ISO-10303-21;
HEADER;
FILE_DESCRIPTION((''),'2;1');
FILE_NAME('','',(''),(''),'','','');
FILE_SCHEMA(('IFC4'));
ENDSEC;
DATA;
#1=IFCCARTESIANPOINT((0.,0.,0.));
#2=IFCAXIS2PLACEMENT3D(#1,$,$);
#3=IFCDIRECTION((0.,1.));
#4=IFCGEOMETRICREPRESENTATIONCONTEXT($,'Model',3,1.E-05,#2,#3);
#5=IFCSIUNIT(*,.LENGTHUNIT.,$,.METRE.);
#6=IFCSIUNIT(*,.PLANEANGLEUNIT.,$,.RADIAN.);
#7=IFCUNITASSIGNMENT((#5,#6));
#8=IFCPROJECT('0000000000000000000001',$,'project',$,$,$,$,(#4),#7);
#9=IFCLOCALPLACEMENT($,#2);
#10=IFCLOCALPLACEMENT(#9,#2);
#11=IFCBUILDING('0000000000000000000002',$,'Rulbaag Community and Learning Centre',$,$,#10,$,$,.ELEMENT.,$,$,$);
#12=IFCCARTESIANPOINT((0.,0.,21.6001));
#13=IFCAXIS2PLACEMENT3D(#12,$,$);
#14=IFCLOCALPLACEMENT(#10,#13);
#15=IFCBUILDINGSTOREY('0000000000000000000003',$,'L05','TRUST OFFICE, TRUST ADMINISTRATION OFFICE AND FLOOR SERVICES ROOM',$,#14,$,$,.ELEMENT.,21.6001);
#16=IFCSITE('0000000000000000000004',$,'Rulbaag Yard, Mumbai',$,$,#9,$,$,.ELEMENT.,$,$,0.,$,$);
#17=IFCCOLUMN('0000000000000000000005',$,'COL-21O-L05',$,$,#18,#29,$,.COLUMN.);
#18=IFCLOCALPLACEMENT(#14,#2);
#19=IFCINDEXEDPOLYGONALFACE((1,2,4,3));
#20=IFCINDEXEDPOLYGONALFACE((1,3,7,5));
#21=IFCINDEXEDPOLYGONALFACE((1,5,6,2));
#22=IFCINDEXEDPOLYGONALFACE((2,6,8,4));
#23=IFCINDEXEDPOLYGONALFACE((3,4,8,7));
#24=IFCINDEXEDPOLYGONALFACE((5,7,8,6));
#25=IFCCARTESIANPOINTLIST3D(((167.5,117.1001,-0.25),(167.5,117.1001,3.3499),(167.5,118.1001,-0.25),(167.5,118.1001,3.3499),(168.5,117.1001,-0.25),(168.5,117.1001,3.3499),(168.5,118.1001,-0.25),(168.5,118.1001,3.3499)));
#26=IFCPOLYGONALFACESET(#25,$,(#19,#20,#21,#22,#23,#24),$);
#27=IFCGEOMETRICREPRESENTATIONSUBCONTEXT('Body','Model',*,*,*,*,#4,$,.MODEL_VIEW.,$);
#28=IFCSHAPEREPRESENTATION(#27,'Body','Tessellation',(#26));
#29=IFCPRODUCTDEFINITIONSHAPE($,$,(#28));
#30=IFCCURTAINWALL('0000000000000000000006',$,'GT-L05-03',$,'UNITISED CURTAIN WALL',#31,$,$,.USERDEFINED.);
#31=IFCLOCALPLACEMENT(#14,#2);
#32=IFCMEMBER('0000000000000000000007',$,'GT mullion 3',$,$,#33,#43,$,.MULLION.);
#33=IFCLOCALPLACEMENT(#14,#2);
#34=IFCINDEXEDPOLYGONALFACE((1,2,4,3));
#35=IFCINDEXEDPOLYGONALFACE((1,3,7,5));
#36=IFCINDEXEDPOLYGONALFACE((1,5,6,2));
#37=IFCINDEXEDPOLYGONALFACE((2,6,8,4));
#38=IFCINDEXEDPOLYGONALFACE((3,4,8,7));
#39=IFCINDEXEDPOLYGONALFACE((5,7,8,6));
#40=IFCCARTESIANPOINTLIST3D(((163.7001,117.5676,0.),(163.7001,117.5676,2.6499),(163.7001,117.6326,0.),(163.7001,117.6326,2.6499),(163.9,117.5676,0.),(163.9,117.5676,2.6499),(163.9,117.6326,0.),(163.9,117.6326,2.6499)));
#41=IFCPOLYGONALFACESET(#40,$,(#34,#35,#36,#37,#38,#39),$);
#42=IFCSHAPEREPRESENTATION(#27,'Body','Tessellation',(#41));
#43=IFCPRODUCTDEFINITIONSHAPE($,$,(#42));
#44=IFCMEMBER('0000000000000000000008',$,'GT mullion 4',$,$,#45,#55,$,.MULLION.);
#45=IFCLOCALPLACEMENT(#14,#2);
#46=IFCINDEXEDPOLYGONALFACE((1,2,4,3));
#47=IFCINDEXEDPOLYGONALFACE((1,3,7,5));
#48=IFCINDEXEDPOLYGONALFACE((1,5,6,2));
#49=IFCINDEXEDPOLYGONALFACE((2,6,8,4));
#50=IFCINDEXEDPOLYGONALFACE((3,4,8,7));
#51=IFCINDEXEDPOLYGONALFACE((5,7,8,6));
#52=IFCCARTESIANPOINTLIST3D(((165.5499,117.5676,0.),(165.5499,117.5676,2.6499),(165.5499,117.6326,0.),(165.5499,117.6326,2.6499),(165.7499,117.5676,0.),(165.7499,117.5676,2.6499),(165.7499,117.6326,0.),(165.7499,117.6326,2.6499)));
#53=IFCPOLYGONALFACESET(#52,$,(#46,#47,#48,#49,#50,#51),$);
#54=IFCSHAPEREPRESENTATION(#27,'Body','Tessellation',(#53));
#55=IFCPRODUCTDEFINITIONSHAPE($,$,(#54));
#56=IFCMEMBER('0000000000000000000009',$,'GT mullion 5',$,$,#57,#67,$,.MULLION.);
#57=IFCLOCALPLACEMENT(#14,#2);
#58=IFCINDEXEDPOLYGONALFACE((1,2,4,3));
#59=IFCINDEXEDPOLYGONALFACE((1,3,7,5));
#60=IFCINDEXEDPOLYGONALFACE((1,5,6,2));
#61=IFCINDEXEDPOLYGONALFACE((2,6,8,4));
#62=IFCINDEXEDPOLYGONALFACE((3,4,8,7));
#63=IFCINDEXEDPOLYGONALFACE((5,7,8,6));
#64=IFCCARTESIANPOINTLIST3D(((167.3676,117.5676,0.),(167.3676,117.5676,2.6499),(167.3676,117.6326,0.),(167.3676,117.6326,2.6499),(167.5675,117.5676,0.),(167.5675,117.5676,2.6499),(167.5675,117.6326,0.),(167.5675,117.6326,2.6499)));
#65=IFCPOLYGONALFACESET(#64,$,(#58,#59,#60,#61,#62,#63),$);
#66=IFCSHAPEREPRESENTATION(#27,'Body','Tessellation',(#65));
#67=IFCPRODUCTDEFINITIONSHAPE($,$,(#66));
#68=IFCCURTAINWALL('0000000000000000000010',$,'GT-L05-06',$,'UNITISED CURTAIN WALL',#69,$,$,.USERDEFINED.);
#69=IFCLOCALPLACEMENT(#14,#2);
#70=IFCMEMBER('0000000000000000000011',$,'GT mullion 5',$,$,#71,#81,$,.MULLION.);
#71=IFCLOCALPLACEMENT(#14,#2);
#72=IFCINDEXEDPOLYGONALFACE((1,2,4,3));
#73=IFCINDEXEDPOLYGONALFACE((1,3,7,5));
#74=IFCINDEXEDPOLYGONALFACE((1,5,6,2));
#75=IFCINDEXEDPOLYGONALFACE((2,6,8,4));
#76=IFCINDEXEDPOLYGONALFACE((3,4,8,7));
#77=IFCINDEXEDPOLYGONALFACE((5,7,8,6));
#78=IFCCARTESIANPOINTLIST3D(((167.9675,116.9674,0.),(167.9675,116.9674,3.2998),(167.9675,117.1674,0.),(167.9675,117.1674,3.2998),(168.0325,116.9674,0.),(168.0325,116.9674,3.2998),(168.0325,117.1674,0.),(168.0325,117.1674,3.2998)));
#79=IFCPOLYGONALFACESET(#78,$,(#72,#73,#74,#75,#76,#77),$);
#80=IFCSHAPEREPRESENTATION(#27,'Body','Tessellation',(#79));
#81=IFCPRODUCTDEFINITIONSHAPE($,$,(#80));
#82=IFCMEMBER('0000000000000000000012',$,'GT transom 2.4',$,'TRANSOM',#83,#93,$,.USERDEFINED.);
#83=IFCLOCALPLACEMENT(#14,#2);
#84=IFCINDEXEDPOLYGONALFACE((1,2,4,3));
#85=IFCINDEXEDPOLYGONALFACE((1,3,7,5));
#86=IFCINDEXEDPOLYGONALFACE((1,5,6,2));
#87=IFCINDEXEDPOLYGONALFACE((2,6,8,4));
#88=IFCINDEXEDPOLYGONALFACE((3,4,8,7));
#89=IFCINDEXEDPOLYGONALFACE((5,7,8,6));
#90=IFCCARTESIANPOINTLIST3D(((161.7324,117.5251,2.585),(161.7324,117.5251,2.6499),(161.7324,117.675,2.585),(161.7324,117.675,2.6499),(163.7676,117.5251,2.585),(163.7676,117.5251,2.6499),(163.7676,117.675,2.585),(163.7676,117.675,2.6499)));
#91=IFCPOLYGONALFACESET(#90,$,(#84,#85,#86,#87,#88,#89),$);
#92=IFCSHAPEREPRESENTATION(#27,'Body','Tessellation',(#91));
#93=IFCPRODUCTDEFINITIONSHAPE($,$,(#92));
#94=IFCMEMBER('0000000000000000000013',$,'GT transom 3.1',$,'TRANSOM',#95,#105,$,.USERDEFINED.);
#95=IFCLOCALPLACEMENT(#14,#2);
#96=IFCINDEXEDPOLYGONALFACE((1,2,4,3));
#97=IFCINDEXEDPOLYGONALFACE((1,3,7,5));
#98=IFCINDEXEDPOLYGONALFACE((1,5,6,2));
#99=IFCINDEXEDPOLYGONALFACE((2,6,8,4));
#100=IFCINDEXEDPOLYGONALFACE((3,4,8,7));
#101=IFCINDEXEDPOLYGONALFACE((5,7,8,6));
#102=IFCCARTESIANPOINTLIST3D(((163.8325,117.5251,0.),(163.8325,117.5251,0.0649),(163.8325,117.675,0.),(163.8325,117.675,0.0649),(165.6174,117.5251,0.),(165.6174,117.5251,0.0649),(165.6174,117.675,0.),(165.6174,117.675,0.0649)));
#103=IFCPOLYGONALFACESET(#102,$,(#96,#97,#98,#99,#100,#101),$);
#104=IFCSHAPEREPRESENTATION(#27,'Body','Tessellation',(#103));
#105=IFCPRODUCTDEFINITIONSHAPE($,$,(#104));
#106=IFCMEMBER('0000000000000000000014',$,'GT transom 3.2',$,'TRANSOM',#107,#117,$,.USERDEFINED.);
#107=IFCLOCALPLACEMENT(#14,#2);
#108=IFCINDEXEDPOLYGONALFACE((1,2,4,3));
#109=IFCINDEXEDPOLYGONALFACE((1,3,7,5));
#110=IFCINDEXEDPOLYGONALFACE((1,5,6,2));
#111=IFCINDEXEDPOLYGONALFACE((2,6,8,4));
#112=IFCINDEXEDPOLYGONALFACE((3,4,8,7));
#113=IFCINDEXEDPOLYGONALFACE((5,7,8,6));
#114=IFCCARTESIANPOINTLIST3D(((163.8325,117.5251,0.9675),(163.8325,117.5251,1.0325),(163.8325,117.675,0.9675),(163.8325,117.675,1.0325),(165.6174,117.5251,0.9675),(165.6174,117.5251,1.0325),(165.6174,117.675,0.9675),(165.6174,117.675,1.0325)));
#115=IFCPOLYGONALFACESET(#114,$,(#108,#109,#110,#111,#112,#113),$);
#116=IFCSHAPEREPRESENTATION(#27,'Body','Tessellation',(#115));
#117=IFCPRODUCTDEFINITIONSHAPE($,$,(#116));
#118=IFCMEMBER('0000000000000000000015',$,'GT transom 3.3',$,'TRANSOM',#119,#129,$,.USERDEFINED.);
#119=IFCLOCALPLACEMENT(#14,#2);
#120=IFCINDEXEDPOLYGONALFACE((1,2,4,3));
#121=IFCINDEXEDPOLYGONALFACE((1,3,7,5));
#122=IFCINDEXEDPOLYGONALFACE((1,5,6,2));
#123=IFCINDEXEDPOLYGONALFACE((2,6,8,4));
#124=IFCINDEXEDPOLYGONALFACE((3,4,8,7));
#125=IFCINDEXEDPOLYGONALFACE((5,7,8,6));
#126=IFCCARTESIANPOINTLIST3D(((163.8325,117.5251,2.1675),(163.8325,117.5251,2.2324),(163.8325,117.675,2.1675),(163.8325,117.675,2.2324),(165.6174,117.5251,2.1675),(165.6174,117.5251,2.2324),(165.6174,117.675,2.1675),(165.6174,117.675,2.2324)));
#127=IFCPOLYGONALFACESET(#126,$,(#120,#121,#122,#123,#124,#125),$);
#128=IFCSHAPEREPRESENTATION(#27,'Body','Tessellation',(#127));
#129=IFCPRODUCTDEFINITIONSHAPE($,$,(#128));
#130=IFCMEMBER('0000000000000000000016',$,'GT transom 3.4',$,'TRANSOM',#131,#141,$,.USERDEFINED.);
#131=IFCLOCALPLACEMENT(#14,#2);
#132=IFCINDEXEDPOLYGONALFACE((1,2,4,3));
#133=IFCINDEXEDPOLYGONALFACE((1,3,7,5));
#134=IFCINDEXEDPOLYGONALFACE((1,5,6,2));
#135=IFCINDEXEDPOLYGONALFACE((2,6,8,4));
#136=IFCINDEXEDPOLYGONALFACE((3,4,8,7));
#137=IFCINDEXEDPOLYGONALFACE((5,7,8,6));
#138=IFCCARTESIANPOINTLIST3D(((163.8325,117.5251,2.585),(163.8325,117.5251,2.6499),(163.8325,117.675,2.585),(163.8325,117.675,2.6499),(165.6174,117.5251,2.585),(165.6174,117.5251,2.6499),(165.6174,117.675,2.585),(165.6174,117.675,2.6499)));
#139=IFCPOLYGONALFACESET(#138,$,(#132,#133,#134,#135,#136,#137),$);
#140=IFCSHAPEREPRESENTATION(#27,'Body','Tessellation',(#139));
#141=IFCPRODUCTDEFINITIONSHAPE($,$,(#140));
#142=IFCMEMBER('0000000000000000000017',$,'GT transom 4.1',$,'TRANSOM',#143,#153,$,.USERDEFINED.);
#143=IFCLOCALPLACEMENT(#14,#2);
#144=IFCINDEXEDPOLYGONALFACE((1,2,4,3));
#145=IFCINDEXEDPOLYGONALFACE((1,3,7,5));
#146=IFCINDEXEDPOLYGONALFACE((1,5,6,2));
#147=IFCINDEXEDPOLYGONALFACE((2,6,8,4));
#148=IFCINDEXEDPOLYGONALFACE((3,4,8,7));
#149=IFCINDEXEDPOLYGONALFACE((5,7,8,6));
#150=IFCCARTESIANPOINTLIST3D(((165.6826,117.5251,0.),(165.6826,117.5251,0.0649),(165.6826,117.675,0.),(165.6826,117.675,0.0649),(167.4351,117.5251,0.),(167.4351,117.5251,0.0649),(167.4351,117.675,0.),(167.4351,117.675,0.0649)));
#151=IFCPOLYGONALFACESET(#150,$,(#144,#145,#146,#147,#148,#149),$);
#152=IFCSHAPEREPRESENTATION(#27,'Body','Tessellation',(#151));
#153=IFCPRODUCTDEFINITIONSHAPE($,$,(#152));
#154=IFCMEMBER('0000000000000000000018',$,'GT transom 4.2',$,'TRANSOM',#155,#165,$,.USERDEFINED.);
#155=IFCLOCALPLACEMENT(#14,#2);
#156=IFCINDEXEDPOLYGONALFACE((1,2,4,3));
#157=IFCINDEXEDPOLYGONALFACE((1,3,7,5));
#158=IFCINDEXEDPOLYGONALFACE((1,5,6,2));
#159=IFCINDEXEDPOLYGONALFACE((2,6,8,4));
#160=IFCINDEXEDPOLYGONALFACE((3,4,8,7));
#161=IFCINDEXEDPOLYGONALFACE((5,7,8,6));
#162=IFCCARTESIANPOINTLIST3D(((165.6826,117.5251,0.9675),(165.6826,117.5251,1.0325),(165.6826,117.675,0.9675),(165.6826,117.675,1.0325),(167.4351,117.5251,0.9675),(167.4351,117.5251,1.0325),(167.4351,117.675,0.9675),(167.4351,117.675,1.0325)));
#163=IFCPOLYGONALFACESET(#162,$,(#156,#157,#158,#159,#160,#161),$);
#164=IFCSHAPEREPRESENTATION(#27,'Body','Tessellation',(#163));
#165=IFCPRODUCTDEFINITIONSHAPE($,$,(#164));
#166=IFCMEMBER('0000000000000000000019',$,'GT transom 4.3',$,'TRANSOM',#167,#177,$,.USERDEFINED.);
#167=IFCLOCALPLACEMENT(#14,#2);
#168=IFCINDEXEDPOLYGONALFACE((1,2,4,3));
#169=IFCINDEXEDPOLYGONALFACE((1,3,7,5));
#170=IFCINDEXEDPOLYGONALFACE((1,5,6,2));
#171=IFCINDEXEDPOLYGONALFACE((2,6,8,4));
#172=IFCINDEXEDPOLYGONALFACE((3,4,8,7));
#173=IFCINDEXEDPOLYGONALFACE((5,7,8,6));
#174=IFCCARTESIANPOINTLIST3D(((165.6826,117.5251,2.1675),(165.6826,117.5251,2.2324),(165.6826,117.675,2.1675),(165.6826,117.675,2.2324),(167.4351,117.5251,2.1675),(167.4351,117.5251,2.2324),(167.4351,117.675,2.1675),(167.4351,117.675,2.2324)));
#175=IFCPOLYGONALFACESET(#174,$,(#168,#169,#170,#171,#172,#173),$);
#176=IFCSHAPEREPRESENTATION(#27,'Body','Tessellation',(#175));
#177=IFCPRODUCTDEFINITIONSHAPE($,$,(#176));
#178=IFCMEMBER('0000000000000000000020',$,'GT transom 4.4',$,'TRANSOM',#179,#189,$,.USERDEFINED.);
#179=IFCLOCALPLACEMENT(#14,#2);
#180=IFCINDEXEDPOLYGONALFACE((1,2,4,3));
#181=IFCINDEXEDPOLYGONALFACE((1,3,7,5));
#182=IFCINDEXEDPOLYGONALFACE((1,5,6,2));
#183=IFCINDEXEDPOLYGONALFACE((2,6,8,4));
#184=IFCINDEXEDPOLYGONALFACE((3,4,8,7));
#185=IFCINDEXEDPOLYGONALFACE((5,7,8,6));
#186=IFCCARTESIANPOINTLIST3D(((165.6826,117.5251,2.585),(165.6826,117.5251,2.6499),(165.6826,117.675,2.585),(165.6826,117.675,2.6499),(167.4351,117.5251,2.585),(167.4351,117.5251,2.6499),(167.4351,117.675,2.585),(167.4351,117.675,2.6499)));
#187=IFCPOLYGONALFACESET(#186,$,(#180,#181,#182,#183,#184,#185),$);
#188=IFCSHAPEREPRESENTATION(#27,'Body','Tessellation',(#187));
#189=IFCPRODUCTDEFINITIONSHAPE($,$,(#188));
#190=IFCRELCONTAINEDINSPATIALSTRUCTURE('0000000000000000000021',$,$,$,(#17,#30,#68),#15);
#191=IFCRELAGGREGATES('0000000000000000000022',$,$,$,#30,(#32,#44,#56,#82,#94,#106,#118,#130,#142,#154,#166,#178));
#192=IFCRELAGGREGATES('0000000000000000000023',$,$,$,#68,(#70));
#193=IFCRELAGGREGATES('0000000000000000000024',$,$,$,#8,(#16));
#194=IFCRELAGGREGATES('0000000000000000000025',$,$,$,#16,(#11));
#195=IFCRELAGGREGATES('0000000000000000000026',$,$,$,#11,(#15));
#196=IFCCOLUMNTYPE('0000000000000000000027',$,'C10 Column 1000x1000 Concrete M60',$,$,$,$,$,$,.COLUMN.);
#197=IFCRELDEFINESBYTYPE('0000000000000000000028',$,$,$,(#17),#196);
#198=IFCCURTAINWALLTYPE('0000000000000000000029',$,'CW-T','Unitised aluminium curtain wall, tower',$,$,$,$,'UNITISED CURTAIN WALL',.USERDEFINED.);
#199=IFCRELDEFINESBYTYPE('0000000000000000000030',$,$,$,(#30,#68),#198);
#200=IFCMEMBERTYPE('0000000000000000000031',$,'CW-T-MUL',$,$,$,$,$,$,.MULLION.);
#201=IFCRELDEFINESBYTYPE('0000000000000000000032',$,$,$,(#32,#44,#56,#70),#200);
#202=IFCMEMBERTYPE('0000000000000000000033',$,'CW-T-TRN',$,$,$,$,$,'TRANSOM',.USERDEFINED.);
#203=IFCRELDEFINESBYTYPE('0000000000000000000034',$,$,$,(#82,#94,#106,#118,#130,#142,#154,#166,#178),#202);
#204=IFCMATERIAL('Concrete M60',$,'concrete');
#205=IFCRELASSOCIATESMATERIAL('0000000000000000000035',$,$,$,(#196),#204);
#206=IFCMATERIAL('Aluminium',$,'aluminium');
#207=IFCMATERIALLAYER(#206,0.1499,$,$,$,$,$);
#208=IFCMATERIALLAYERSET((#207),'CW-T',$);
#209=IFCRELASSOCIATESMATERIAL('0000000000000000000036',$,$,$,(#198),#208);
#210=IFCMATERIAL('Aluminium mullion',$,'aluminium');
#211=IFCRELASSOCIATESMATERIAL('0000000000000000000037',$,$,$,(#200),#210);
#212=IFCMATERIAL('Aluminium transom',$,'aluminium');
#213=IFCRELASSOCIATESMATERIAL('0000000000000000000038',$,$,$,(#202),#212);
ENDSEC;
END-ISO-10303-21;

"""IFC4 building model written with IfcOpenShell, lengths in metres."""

from ifc_helpers import new_model, si_unit, direction, frame, origin, origin_2d, place, context, subcontext, project, spatial, rectangle, extrude, material, layer, layer_set, material_profile, profile_set, type_object, element, aggregate, save


model = new_model("IFC4")

# Units and contexts
model_context = context("Model", 3, precision=1e-05, world=origin(), true_north=direction((0.0, 1.0)))
body_context = subcontext(model_context, "Body", "Model", "MODEL_VIEW")
ifc_project = project(units=[si_unit("LENGTHUNIT", "METRE"), si_unit("PLANEANGLEUNIT", "RADIAN")], contexts=[model_context])

# Site, building, storey
site_placement = place(None, origin())
site = spatial("IfcSite", under=ifc_project, at=site_placement, Name="Rulbaag Yard, Mumbai", CompositionType="ELEMENT", RefElevation=0.0)
building_placement = place(site_placement, origin())
building = spatial("IfcBuilding", under=site, at=building_placement, Name="Rulbaag Community and Learning Centre", CompositionType="ELEMENT")
storey_placement = place(building_placement, frame((0.0, 0.0, 21.6001)))
storey = spatial("IfcBuildingStorey", under=building, at=storey_placement, Name="L05", Description="TRUST OFFICE, TRUST ADMINISTRATION OFFICE AND FLOOR SERVICES ROOM", CompositionType="ELEMENT", Elevation=21.6001)

# Column
ifc_material_1 = material(Name="Concrete M60", Category="concrete")
ifc_material_profile_1 = material_profile(ifc_material_1, rectangle(XDim=1.0, YDim=1.0, at=origin_2d()), Name="RC1000x1000")
ifc_profile_set_1 = profile_set([ifc_material_profile_1], Name="Concrete M60")
column_type = type_object("IfcColumnType", Name="C10 Column 1000x1000 Concrete M60", PredefinedType="COLUMN", material=ifc_profile_set_1)
column_placement = place(storey_placement, frame((168.0, 117.6001, -0.25), z_axis=(0.0, 0.0, 1.0), x_axis=(1.0, 0.0, 0.0)))
element("IfcColumn", 1, at=column_placement, inside=storey, type_object=column_type, Name="COL-21O-L05", PredefinedType="COLUMN", context=body_context, shape_type="SweptSolid", body=[
    extrude(rectangle(XDim=1.0, YDim=1.0, at=origin_2d()), origin(), (0.0, 0.0, 1.0), 3.5999),
])

# Curtain wall, members
ifc_material_2 = material(Name="Aluminium", Category="aluminium")
ifc_layer_1 = layer(ifc_material_2, 0.1499)
ifc_layer_set_1 = layer_set([ifc_layer_1], Name="CW-T")
curtain_wall_type = type_object("IfcCurtainWallType", Name="CW-T", Description="Unitised aluminium curtain wall, tower", ElementType="UNITISED CURTAIN WALL", PredefinedType="USERDEFINED", material=ifc_layer_set_1)
curtain_wall_1_placement = place(storey_placement, origin())
curtain_wall_1 = element("IfcCurtainWall", 2, at=curtain_wall_1_placement, inside=storey, type_object=curtain_wall_type, Name="GT-L05-03", ObjectType="UNITISED CURTAIN WALL", PredefinedType="USERDEFINED")
ifc_material_3 = material(Name="Aluminium mullion", Category="aluminium")
ifc_material_profile_2 = material_profile(ifc_material_3, rectangle(XDim=0.0649, YDim=0.2, at=origin_2d()), Name="AL 65x200")
ifc_profile_set_2 = profile_set([ifc_material_profile_2], Name="Aluminium mullion")
member_type_1 = type_object("IfcMemberType", Name="CW-T-MUL", PredefinedType="MULLION", material=ifc_profile_set_2)
member_1_placement = place(storey_placement, frame((163.8, 117.6001, 0.0), z_axis=(0.0, 0.0, 1.0), x_axis=(0.0, 1.0, 0.0)))
member_1 = element("IfcMember", 3, at=member_1_placement, type_object=member_type_1, Name="GT mullion 3", PredefinedType="MULLION", context=body_context, shape_type="SweptSolid", body=[
    extrude(rectangle(XDim=0.0649, YDim=0.2, at=origin_2d()), origin(), (0.0, 0.0, 1.0), 2.6499),
])
member_2_placement = place(storey_placement, frame((165.6499, 117.6001, 0.0), z_axis=(0.0, 0.0, 1.0), x_axis=(0.0, 1.0, 0.0)))
member_2 = element("IfcMember", 4, at=member_2_placement, type_object=member_type_1, Name="GT mullion 4", PredefinedType="MULLION", context=body_context, shape_type="SweptSolid", body=[
    extrude(rectangle(XDim=0.0649, YDim=0.2, at=origin_2d()), origin(), (0.0, 0.0, 1.0), 2.6499),
])
member_3_placement = place(storey_placement, frame((167.4675, 117.6001, 0.0), z_axis=(0.0, 0.0, 1.0), x_axis=(0.0, 1.0, 0.0)))
member_3 = element("IfcMember", 5, at=member_3_placement, type_object=member_type_1, Name="GT mullion 5", PredefinedType="MULLION", context=body_context, shape_type="SweptSolid", body=[
    extrude(rectangle(XDim=0.0649, YDim=0.2, at=origin_2d()), origin(), (0.0, 0.0, 1.0), 2.6499),
])

# Curtain wall, member
curtain_wall_2_placement = place(storey_placement, origin())
curtain_wall_2 = element("IfcCurtainWall", 6, at=curtain_wall_2_placement, inside=storey, type_object=curtain_wall_type, Name="GT-L05-06", ObjectType="UNITISED CURTAIN WALL", PredefinedType="USERDEFINED")
member_4_placement = place(storey_placement, frame((168.0, 117.0674, 0.0), z_axis=(0.0, 0.0, 1.0), x_axis=(-1.0, 0.0, 0.0)))
member_4 = element("IfcMember", 7, at=member_4_placement, type_object=member_type_1, Name="GT mullion 5", PredefinedType="MULLION", context=body_context, shape_type="SweptSolid", body=[
    extrude(rectangle(XDim=0.0649, YDim=0.2, at=origin_2d()), origin(), (0.0, 0.0, 1.0), 3.2998),
])

# Members
ifc_material_4 = material(Name="Aluminium transom", Category="aluminium")
ifc_material_profile_3 = material_profile(ifc_material_4, rectangle(XDim=0.1499, YDim=0.0649, at=origin_2d()), Name="AL 65x150 T")
ifc_profile_set_3 = profile_set([ifc_material_profile_3], Name="Aluminium transom")
member_type_2 = type_object("IfcMemberType", Name="CW-T-TRN", ElementType="TRANSOM", PredefinedType="USERDEFINED", material=ifc_profile_set_3)
member_5_placement = place(storey_placement, frame((161.7324, 117.6001, 2.6174), z_axis=(1.0, 0.0, 0.0), x_axis=(0.0, 1.0, 0.0)))
member_5 = element("IfcMember", 8, at=member_5_placement, type_object=member_type_2, Name="GT transom 2.4", ObjectType="TRANSOM", PredefinedType="USERDEFINED", context=body_context, shape_type="SweptSolid", body=[
    extrude(rectangle(XDim=0.1499, YDim=0.0649, at=origin_2d()), origin(), (0.0, 0.0, 1.0), 2.0352),
])
member_6_placement = place(storey_placement, frame((163.8325, 117.6001, 0.0325), z_axis=(1.0, 0.0, 0.0), x_axis=(0.0, 1.0, 0.0)))
member_6 = element("IfcMember", 9, at=member_6_placement, type_object=member_type_2, Name="GT transom 3.1", ObjectType="TRANSOM", PredefinedType="USERDEFINED", context=body_context, shape_type="SweptSolid", body=[
    extrude(rectangle(XDim=0.1499, YDim=0.0649, at=origin_2d()), origin(), (0.0, 0.0, 1.0), 1.7849),
])
member_7_placement = place(storey_placement, frame((163.8325, 117.6001, 1.0), z_axis=(1.0, 0.0, 0.0), x_axis=(0.0, 1.0, 0.0)))
member_7 = element("IfcMember", 10, at=member_7_placement, type_object=member_type_2, Name="GT transom 3.2", ObjectType="TRANSOM", PredefinedType="USERDEFINED", context=body_context, shape_type="SweptSolid", body=[
    extrude(rectangle(XDim=0.1499, YDim=0.0649, at=origin_2d()), origin(), (0.0, 0.0, 1.0), 1.7849),
])
member_8_placement = place(storey_placement, frame((163.8325, 117.6001, 2.2), z_axis=(1.0, 0.0, 0.0), x_axis=(0.0, 1.0, 0.0)))
member_8 = element("IfcMember", 11, at=member_8_placement, type_object=member_type_2, Name="GT transom 3.3", ObjectType="TRANSOM", PredefinedType="USERDEFINED", context=body_context, shape_type="SweptSolid", body=[
    extrude(rectangle(XDim=0.1499, YDim=0.0649, at=origin_2d()), origin(), (0.0, 0.0, 1.0), 1.7849),
])
member_9_placement = place(storey_placement, frame((163.8325, 117.6001, 2.6174), z_axis=(1.0, 0.0, 0.0), x_axis=(0.0, 1.0, 0.0)))
member_9 = element("IfcMember", 12, at=member_9_placement, type_object=member_type_2, Name="GT transom 3.4", ObjectType="TRANSOM", PredefinedType="USERDEFINED", context=body_context, shape_type="SweptSolid", body=[
    extrude(rectangle(XDim=0.1499, YDim=0.0649, at=origin_2d()), origin(), (0.0, 0.0, 1.0), 1.7849),
])
member_10_placement = place(storey_placement, frame((165.6826, 117.6001, 0.0325), z_axis=(1.0, 0.0, 0.0), x_axis=(0.0, 1.0, 0.0)))
member_10 = element("IfcMember", 13, at=member_10_placement, type_object=member_type_2, Name="GT transom 4.1", ObjectType="TRANSOM", PredefinedType="USERDEFINED", context=body_context, shape_type="SweptSolid", body=[
    extrude(rectangle(XDim=0.1499, YDim=0.0649, at=origin_2d()), origin(), (0.0, 0.0, 1.0), 1.7524),
])
member_11_placement = place(storey_placement, frame((165.6826, 117.6001, 1.0), z_axis=(1.0, 0.0, 0.0), x_axis=(0.0, 1.0, 0.0)))
member_11 = element("IfcMember", 14, at=member_11_placement, type_object=member_type_2, Name="GT transom 4.2", ObjectType="TRANSOM", PredefinedType="USERDEFINED", context=body_context, shape_type="SweptSolid", body=[
    extrude(rectangle(XDim=0.1499, YDim=0.0649, at=origin_2d()), origin(), (0.0, 0.0, 1.0), 1.7524),
])
member_12_placement = place(storey_placement, frame((165.6826, 117.6001, 2.2), z_axis=(1.0, 0.0, 0.0), x_axis=(0.0, 1.0, 0.0)))
member_12 = element("IfcMember", 15, at=member_12_placement, type_object=member_type_2, Name="GT transom 4.3", ObjectType="TRANSOM", PredefinedType="USERDEFINED", context=body_context, shape_type="SweptSolid", body=[
    extrude(rectangle(XDim=0.1499, YDim=0.0649, at=origin_2d()), origin(), (0.0, 0.0, 1.0), 1.7524),
])
member_13_placement = place(storey_placement, frame((165.6826, 117.6001, 2.6174), z_axis=(1.0, 0.0, 0.0), x_axis=(0.0, 1.0, 0.0)))
member_13 = element("IfcMember", 16, at=member_13_placement, type_object=member_type_2, Name="GT transom 4.4", ObjectType="TRANSOM", PredefinedType="USERDEFINED", context=body_context, shape_type="SweptSolid", body=[
    extrude(rectangle(XDim=0.1499, YDim=0.0649, at=origin_2d()), origin(), (0.0, 0.0, 1.0), 1.7524),
])

aggregate(curtain_wall_1, [member_1, member_2, member_3, member_5, member_6, member_7, member_8, member_9, member_10, member_11, member_12, member_13])
aggregate(curtain_wall_2, [member_4])

save(model, "model.ifc")
